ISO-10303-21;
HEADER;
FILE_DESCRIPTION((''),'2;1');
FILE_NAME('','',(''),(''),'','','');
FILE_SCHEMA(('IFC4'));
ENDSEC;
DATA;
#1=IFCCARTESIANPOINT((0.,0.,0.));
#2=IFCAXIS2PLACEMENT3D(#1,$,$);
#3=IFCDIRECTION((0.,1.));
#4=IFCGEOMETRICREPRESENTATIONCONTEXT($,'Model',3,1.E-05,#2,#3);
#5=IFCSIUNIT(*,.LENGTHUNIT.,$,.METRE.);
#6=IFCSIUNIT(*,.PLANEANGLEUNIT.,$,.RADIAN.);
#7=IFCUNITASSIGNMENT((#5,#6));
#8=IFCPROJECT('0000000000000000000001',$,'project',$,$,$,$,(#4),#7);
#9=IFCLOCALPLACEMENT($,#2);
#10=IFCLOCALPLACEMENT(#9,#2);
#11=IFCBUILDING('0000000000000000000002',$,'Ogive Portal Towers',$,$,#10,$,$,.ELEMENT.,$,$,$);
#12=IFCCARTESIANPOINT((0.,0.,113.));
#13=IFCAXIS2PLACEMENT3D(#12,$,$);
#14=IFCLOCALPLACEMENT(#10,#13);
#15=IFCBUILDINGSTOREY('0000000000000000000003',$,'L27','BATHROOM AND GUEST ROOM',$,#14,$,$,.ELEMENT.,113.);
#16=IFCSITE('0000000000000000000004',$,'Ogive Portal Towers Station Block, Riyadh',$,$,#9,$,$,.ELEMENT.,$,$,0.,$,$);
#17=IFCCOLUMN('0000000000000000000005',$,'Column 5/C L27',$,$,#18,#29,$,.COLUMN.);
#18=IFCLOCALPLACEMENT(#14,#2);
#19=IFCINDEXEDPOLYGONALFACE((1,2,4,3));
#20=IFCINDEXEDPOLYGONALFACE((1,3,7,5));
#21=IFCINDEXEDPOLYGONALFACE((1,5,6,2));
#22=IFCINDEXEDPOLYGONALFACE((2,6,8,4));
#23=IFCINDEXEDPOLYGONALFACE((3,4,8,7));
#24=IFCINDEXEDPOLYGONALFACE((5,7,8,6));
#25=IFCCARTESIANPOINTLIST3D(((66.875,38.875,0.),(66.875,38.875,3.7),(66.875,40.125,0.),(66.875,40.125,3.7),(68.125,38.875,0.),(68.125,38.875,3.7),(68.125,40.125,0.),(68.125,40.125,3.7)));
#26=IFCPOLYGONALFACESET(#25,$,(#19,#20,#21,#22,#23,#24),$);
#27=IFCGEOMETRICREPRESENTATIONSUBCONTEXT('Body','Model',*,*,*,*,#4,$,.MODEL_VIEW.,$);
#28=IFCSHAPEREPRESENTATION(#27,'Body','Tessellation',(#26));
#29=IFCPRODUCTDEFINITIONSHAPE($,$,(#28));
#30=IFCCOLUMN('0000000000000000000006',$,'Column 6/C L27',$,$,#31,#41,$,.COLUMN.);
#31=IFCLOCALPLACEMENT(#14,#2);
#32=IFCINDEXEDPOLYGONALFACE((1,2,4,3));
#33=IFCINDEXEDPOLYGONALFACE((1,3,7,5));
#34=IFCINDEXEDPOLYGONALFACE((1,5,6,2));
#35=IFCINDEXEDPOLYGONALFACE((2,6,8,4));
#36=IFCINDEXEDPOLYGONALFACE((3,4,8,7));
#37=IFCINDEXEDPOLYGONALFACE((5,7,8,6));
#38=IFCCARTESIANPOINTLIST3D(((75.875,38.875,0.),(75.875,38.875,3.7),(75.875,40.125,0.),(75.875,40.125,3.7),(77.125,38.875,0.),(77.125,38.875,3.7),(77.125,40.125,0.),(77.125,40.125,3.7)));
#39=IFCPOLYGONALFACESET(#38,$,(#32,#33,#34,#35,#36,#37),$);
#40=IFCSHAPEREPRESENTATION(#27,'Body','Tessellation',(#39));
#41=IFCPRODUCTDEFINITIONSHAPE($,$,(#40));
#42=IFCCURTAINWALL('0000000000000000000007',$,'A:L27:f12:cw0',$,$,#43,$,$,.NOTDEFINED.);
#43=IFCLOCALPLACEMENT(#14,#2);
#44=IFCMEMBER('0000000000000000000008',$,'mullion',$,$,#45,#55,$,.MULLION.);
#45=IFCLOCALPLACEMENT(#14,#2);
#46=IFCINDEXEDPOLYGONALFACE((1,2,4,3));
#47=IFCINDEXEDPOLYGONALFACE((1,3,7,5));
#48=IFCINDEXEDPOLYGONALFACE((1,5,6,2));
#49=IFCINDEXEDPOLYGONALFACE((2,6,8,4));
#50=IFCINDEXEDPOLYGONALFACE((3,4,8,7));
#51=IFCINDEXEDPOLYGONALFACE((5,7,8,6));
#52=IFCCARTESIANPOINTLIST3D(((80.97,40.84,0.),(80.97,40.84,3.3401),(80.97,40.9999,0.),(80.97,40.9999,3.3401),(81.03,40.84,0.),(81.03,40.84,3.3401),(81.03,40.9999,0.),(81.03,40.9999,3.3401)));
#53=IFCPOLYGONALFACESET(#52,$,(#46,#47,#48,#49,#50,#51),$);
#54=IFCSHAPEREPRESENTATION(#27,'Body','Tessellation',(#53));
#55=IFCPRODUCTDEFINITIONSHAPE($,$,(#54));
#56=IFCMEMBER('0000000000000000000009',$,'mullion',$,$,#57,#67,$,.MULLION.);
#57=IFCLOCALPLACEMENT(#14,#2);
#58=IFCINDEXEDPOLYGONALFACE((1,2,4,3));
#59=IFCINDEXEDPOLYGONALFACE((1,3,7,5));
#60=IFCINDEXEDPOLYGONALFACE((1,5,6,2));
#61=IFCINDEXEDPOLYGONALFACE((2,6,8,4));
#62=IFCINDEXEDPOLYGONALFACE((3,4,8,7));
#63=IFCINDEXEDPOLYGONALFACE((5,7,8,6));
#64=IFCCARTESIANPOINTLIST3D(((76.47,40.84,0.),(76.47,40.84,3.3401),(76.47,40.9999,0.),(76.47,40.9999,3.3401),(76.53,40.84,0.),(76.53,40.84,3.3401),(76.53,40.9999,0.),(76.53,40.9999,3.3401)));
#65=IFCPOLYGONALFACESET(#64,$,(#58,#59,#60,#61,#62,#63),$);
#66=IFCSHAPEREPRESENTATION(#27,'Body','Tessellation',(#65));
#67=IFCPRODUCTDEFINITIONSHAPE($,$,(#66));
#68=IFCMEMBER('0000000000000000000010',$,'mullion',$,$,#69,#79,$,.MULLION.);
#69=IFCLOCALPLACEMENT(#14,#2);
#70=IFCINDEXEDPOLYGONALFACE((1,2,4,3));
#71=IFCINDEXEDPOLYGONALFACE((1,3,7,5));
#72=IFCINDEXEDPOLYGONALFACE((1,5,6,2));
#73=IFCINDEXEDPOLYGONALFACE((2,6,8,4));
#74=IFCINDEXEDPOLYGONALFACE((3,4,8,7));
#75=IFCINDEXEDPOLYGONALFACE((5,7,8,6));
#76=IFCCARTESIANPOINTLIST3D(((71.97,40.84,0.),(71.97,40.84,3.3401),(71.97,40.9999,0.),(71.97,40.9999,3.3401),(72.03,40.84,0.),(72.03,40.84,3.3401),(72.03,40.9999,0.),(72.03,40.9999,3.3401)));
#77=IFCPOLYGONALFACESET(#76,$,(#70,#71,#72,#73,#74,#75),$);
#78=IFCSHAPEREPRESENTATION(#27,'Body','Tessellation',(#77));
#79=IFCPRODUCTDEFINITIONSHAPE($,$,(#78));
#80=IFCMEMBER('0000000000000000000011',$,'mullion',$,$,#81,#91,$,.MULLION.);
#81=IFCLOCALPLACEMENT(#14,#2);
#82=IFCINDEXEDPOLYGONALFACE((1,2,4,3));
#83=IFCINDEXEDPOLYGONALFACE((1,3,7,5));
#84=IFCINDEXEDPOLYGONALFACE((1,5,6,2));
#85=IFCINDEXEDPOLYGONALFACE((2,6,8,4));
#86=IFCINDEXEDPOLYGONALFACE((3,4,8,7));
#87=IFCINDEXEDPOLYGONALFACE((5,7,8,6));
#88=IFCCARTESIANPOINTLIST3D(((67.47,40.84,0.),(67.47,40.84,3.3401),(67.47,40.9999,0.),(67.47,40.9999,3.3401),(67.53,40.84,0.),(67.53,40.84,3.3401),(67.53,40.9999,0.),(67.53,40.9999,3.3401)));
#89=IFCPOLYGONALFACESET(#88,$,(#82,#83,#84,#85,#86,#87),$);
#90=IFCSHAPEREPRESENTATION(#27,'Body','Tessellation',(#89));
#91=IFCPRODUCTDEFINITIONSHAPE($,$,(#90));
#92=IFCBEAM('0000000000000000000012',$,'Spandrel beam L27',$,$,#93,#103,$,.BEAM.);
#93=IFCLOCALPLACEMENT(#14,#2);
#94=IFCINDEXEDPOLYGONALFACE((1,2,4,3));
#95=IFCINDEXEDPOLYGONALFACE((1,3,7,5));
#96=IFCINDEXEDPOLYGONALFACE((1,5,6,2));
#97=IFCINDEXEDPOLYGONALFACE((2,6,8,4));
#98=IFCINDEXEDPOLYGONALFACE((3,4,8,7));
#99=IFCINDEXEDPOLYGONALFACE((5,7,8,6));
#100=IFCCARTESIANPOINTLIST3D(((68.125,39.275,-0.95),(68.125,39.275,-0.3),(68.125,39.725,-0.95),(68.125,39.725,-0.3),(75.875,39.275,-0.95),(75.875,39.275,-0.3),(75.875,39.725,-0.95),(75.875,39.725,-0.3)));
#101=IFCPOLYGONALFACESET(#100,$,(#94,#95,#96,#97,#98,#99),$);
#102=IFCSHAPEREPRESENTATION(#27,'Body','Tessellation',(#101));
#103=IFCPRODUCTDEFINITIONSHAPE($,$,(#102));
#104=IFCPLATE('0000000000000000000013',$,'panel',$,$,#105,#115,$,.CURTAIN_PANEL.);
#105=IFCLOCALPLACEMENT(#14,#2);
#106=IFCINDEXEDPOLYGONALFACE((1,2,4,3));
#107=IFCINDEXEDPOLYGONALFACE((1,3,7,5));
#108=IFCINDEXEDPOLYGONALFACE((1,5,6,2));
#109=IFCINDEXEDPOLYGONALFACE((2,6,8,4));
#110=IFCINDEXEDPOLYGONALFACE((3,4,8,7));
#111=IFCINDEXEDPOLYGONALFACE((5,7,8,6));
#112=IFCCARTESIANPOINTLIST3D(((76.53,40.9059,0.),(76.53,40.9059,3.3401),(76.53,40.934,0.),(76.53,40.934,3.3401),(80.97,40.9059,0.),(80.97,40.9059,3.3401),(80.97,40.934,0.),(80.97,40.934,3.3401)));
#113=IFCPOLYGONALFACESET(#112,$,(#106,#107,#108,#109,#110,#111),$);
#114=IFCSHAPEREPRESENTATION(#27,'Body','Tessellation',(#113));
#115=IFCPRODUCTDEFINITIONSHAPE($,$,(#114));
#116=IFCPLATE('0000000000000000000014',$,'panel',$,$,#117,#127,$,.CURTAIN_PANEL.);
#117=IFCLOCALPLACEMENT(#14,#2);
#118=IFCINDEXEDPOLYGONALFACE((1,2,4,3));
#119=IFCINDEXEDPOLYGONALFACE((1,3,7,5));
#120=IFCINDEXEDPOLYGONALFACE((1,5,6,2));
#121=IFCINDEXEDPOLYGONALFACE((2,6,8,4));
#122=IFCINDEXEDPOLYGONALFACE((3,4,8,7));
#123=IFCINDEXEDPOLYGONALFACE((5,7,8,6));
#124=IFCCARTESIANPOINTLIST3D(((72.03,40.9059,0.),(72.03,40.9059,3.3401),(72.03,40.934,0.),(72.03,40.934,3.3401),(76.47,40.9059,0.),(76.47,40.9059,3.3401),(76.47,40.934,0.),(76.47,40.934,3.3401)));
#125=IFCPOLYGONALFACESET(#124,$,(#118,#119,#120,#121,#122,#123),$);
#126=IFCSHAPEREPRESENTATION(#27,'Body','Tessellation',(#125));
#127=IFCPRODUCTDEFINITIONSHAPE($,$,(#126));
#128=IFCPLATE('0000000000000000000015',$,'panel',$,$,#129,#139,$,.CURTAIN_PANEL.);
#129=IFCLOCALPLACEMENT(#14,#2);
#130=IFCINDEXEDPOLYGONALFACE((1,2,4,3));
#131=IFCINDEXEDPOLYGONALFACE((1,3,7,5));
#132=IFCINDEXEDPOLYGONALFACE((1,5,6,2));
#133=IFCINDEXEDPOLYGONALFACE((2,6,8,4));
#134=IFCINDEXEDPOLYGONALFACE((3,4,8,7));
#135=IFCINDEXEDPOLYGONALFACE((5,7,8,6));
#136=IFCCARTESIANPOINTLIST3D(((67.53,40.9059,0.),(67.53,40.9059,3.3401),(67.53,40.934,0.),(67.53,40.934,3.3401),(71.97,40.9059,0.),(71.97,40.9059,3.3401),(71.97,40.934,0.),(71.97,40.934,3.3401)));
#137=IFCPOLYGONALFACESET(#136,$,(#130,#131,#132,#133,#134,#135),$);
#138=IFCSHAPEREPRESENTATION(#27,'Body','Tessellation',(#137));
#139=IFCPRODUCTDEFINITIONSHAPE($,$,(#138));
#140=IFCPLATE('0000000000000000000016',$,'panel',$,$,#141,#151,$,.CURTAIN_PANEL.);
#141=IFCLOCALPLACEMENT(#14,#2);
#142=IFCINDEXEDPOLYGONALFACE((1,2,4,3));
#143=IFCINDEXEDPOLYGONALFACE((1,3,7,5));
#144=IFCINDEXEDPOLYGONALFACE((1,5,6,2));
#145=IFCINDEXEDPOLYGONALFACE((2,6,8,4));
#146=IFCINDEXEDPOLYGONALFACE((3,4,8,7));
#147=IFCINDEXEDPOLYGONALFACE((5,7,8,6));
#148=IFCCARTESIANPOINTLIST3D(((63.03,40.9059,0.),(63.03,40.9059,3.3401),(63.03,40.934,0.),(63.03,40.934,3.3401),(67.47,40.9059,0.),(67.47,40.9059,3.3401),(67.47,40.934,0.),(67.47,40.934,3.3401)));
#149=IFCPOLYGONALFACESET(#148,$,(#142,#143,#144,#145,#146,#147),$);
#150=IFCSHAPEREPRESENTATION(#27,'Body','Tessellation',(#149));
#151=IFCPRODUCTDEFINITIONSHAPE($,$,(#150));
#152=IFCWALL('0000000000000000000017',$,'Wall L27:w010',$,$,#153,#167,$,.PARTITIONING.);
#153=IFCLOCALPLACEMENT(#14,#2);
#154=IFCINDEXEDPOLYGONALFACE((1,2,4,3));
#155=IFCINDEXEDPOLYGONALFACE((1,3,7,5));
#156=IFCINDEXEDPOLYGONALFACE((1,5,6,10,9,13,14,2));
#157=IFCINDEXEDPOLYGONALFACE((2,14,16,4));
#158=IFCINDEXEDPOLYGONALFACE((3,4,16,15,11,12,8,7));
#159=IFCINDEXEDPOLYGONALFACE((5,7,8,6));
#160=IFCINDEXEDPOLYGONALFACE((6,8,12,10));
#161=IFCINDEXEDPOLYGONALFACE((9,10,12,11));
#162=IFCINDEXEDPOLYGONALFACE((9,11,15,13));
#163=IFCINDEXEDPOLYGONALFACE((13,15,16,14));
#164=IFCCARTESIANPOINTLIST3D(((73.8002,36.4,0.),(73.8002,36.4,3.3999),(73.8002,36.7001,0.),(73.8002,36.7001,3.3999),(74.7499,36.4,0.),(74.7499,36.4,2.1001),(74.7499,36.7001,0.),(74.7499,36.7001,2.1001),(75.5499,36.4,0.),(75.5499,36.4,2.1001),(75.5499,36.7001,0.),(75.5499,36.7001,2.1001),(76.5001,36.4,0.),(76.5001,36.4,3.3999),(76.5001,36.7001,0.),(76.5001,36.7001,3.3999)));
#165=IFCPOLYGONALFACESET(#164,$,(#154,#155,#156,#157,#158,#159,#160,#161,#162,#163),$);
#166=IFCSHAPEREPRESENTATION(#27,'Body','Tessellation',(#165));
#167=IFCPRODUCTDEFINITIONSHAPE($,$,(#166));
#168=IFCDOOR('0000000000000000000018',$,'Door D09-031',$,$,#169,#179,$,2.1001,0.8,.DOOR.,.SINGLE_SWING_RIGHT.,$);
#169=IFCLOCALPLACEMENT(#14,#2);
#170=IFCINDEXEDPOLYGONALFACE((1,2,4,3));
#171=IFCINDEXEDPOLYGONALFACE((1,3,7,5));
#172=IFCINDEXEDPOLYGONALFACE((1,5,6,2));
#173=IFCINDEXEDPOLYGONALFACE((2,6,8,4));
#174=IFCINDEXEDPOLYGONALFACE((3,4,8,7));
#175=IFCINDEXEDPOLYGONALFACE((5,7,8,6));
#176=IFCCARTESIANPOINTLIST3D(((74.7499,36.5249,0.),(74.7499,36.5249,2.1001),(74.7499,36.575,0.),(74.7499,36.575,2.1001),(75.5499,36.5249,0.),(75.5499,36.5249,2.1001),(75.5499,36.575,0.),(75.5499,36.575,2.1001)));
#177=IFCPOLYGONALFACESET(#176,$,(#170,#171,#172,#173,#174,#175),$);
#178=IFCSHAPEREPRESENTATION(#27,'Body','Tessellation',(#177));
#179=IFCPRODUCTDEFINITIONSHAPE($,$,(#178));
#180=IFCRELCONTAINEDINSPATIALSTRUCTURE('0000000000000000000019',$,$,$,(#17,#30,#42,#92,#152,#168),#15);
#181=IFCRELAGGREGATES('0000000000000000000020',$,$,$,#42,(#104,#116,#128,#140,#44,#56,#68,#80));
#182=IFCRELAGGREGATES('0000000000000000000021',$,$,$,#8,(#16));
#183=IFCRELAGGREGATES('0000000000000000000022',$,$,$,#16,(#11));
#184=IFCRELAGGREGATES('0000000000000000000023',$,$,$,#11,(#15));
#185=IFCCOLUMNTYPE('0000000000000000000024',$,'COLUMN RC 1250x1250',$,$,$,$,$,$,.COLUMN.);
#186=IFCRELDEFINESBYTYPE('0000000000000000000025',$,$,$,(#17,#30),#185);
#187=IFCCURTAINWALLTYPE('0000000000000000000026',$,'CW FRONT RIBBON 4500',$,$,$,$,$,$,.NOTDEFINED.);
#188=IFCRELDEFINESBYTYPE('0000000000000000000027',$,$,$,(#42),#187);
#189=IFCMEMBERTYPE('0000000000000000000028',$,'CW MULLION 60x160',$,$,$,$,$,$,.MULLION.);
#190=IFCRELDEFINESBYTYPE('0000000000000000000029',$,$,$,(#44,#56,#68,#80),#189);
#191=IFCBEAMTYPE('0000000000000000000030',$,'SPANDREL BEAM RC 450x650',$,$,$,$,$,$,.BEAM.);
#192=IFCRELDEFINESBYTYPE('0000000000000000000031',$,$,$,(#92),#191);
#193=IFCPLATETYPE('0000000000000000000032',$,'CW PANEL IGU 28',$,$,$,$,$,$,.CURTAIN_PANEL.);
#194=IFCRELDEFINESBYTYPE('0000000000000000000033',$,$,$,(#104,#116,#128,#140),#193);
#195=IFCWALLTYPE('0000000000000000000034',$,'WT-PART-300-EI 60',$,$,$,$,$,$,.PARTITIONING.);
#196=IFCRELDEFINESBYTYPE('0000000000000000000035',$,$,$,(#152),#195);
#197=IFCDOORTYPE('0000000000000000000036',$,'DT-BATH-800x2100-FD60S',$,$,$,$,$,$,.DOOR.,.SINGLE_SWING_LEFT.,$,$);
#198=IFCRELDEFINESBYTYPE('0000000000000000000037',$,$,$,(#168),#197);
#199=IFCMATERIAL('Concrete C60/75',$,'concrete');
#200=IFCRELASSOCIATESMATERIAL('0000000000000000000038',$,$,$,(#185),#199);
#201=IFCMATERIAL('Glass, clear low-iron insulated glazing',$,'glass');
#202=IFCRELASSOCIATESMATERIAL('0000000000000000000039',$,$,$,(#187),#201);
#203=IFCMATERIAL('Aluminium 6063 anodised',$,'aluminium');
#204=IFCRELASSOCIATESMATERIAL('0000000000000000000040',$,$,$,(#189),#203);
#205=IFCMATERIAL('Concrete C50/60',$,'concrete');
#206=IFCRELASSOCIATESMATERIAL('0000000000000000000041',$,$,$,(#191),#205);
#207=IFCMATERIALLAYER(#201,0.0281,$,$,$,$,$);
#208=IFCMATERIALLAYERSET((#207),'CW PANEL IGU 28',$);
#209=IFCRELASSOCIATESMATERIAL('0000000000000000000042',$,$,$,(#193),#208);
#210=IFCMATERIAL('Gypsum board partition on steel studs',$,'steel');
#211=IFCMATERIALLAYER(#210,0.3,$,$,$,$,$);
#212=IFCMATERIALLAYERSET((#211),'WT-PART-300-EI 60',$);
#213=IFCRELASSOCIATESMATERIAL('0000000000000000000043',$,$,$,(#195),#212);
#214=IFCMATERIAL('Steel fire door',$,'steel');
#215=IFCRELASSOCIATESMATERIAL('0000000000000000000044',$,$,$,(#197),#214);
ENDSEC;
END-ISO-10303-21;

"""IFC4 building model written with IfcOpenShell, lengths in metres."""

from ifc_helpers import new_model, si_unit, direction, frame, frame_2d, origin, origin_2d, place, context, subcontext, project, spatial, rectangle, extrude, material, layer, layer_set, material_profile, profile_set, type_object, element, fill, aggregate, save


model = new_model("IFC4")

# Units and contexts
model_context = context("Model", 3, precision=1e-05, world=origin(), true_north=direction((0.0, 1.0)))
body_context = subcontext(model_context, "Body", "Model", "MODEL_VIEW")
ifc_project = project(units=[si_unit("LENGTHUNIT", "METRE"), si_unit("PLANEANGLEUNIT", "RADIAN")], contexts=[model_context])

# Site, building, storey
site_placement = place(None, origin())
site = spatial("IfcSite", under=ifc_project, at=site_placement, Name="Ogive Portal Towers Station Block, Riyadh", CompositionType="ELEMENT", RefElevation=0.0)
building_placement = place(site_placement, origin())
building = spatial("IfcBuilding", under=site, at=building_placement, Name="Ogive Portal Towers", CompositionType="ELEMENT")
storey_placement = place(building_placement, frame((0.0, 0.0, 113.0)))
storey = spatial("IfcBuildingStorey", under=building, at=storey_placement, Name="L27", Description="BATHROOM AND GUEST ROOM", CompositionType="ELEMENT", Elevation=113.0)

# Columns
ifc_material_1 = material(Name="Concrete C60/75", Category="concrete")
ifc_material_profile_1 = material_profile(ifc_material_1, rectangle(XDim=1.25, YDim=1.25, at=origin_2d()), Name="RC 1250x1250")
ifc_profile_set_1 = profile_set([ifc_material_profile_1], Name="Concrete C60/75")
column_type = type_object("IfcColumnType", Name="COLUMN RC 1250x1250", PredefinedType="COLUMN", material=ifc_profile_set_1)
for number, where, z_axis, x_axis, name in (
    (1, (67.5, 39.5, 0.0), (0.0, 0.0, 1.0), (1.0, 0.0, 0.0), "Column 5/C L27"),
    (2, (76.5, 39.5, 0.0), (0.0, 0.0, 1.0), (1.0, 0.0, 0.0), "Column 6/C L27"),
):
    element("IfcColumn", number, at=place(storey_placement, frame(where, z_axis=z_axis, x_axis=x_axis)), inside=storey, type_object=column_type, Name=name, PredefinedType="COLUMN", context=body_context, shape_type="SweptSolid", body=[
        extrude(rectangle(XDim=1.25, YDim=1.25, at=origin_2d()), origin(), (0.0, 0.0, 1.0), 3.7),
    ])

# Curtain wall, members
ifc_material_2 = material(Name="Glass, clear low-iron insulated glazing", Category="glass")
curtain_wall_type = type_object("IfcCurtainWallType", Name="CW FRONT RIBBON 4500", PredefinedType="NOTDEFINED", material=ifc_material_2)
curtain_wall_placement = place(storey_placement, origin())
curtain_wall = element("IfcCurtainWall", 3, at=curtain_wall_placement, inside=storey, type_object=curtain_wall_type, Name="A:L27:f12:cw0", PredefinedType="NOTDEFINED")
ifc_material_3 = material(Name="Aluminium 6063 anodised", Category="aluminium")
ifc_material_profile_2 = material_profile(ifc_material_3, rectangle(XDim=0.1599, YDim=0.0601, at=origin_2d()), Name="AL 60x160")
ifc_profile_set_2 = profile_set([ifc_material_profile_2], Name="Aluminium 6063 anodised")
member_type = type_object("IfcMemberType", Name="CW MULLION 60x160", PredefinedType="MULLION", material=ifc_profile_set_2)
member_1_placement = place(storey_placement, frame((81.0, 40.9199, 0.0), z_axis=(0.0, 0.0, 1.0), x_axis=(0.0, -1.0, 0.0)))
member_1 = element("IfcMember", 4, at=member_1_placement, type_object=member_type, Name="mullion", PredefinedType="MULLION", context=body_context, shape_type="SweptSolid", body=[
    extrude(rectangle(XDim=0.1599, YDim=0.0601, at=origin_2d()), origin(), (0.0, 0.0, 1.0), 3.3401),
])
member_2_placement = place(storey_placement, frame((76.5, 40.9199, 0.0), z_axis=(0.0, 0.0, 1.0), x_axis=(0.0, -1.0, 0.0)))
member_2 = element("IfcMember", 5, at=member_2_placement, type_object=member_type, Name="mullion", PredefinedType="MULLION", context=body_context, shape_type="SweptSolid", body=[
    extrude(rectangle(XDim=0.1599, YDim=0.0601, at=origin_2d()), origin(), (0.0, 0.0, 1.0), 3.3401),
])
member_3_placement = place(storey_placement, frame((72.0, 40.9199, 0.0), z_axis=(0.0, 0.0, 1.0), x_axis=(0.0, -1.0, 0.0)))
member_3 = element("IfcMember", 6, at=member_3_placement, type_object=member_type, Name="mullion", PredefinedType="MULLION", context=body_context, shape_type="SweptSolid", body=[
    extrude(rectangle(XDim=0.1599, YDim=0.0601, at=origin_2d()), origin(), (0.0, 0.0, 1.0), 3.3401),
])
member_4_placement = place(storey_placement, frame((67.5, 40.9199, 0.0), z_axis=(0.0, 0.0, 1.0), x_axis=(0.0, -1.0, 0.0)))
member_4 = element("IfcMember", 7, at=member_4_placement, type_object=member_type, Name="mullion", PredefinedType="MULLION", context=body_context, shape_type="SweptSolid", body=[
    extrude(rectangle(XDim=0.1599, YDim=0.0601, at=origin_2d()), origin(), (0.0, 0.0, 1.0), 3.3401),
])

# Beam
ifc_material_4 = material(Name="Concrete C50/60", Category="concrete")
ifc_material_profile_3 = material_profile(ifc_material_4, rectangle(XDim=0.45, YDim=0.6499, at=origin_2d()), Name="RC 450x650")
ifc_profile_set_3 = profile_set([ifc_material_profile_3], Name="Concrete C50/60")
beam_type = type_object("IfcBeamType", Name="SPANDREL BEAM RC 450x650", PredefinedType="BEAM", material=ifc_profile_set_3)
beam_placement = place(storey_placement, frame((68.125, 39.5, -0.625), z_axis=(1.0, 0.0, 0.0), x_axis=(0.0, 1.0, 0.0)))
element("IfcBeam", 8, at=beam_placement, inside=storey, type_object=beam_type, Name="Spandrel beam L27", PredefinedType="BEAM", context=body_context, shape_type="SweptSolid", body=[
    extrude(rectangle(XDim=0.45, YDim=0.6499, at=origin_2d()), origin(), (0.0, 0.0, 1.0), 7.75),
])

# Plates
ifc_layer_1 = layer(ifc_material_2, 0.0281)
ifc_layer_set_1 = layer_set([ifc_layer_1], Name="CW PANEL IGU 28")
plate_type = type_object("IfcPlateType", Name="CW PANEL IGU 28", PredefinedType="CURTAIN_PANEL", material=ifc_layer_set_1)
plate_1_placement = place(storey_placement, frame((78.75, 40.9199, 0.0), z_axis=(0.0, 0.0, 1.0), x_axis=(-1.0, 0.0, 0.0)))
plate_1 = element("IfcPlate", 9, at=plate_1_placement, type_object=plate_type, Name="panel", PredefinedType="CURTAIN_PANEL", context=body_context, shape_type="SweptSolid", body=[
    extrude(rectangle(XDim=4.4399, YDim=0.0281, at=origin_2d()), origin(), (0.0, 0.0, 1.0), 3.3401),
])
plate_2_placement = place(storey_placement, frame((74.25, 40.9199, 0.0), z_axis=(0.0, 0.0, 1.0), x_axis=(-1.0, 0.0, 0.0)))
plate_2 = element("IfcPlate", 10, at=plate_2_placement, type_object=plate_type, Name="panel", PredefinedType="CURTAIN_PANEL", context=body_context, shape_type="SweptSolid", body=[
    extrude(rectangle(XDim=4.4399, YDim=0.0281, at=origin_2d()), origin(), (0.0, 0.0, 1.0), 3.3401),
])
plate_3_placement = place(storey_placement, frame((69.75, 40.9199, 0.0), z_axis=(0.0, 0.0, 1.0), x_axis=(-1.0, 0.0, 0.0)))
plate_3 = element("IfcPlate", 11, at=plate_3_placement, type_object=plate_type, Name="panel", PredefinedType="CURTAIN_PANEL", context=body_context, shape_type="SweptSolid", body=[
    extrude(rectangle(XDim=4.4399, YDim=0.0281, at=origin_2d()), origin(), (0.0, 0.0, 1.0), 3.3401),
])
plate_4_placement = place(storey_placement, frame((65.25, 40.9199, 0.0), z_axis=(0.0, 0.0, 1.0), x_axis=(-1.0, 0.0, 0.0)))
plate_4 = element("IfcPlate", 12, at=plate_4_placement, type_object=plate_type, Name="panel", PredefinedType="CURTAIN_PANEL", context=body_context, shape_type="SweptSolid", body=[
    extrude(rectangle(XDim=4.4399, YDim=0.0281, at=origin_2d()), origin(), (0.0, 0.0, 1.0), 3.3401),
])
aggregate(curtain_wall, [plate_1, plate_2, plate_3, plate_4, member_1, member_2, member_3, member_4])

# Wall, opening, door
ifc_material_5 = material(Name="Gypsum board partition on steel studs", Category="steel")
ifc_layer_2 = layer(ifc_material_5, 0.3)
ifc_layer_set_2 = layer_set([ifc_layer_2], Name="WT-PART-300-EI 60")
wall_type = type_object("IfcWallType", Name="WT-PART-300-EI 60", PredefinedType="PARTITIONING", material=ifc_layer_set_2)
wall_1_placement = place(storey_placement, frame((73.8, 36.55, 0.0), z_axis=(0.0, 0.0, 1.0), x_axis=(1.0, 0.0, 0.0)))
wall_1 = element("IfcWall", 13, at=wall_1_placement, inside=storey, type_object=wall_type, Name="Wall L27:w010", PredefinedType="PARTITIONING", context=body_context, shape_type="SweptSolid", body=[
    extrude(rectangle(XDim=2.7, YDim=0.3, at=frame_2d((1.3501, 0.0))), origin(), (0.0, 0.0, 1.0), 3.3999),
])
opening_1_placement = place(wall_1_placement, frame((0.95, 0.0, 0.0)))
opening_1 = element("IfcOpeningElement", 14, at=opening_1_placement, cuts=wall_1, PredefinedType="OPENING", context=body_context, shape_type="SweptSolid", body=[
    extrude(rectangle(XDim=0.8, YDim=2.1001, at=frame_2d((0.3999, 1.05))), frame((0.0, 0.1602, 0.0), z_axis=(0.0, -1.0, 0.0), x_axis=(1.0, 0.0, 0.0)), (0.0, 0.0, 1.0), 0.3201),
])
ifc_material_6 = material(Name="Steel fire door", Category="steel")
door_type = type_object("IfcDoorType", Name="DT-BATH-800x2100-FD60S", OperationType="SINGLE_SWING_LEFT", PredefinedType="DOOR", material=ifc_material_6)
door_1_placement = place(opening_1_placement, origin())
door_1 = element("IfcDoor", 15, at=door_1_placement, inside=storey, type_object=door_type, Name="Door D09-031", OperationType="SINGLE_SWING_RIGHT", OverallHeight=2.1001, OverallWidth=0.8, PredefinedType="DOOR", context=body_context, shape_type="SweptSolid", body=[
    extrude(rectangle(XDim=0.8, YDim=2.1001, at=frame_2d((0.3999, 1.05))), frame((0.0, 0.0249, 0.0), z_axis=(0.0, -1.0, 0.0), x_axis=(1.0, 0.0, 0.0)), (0.0, 0.0, 1.0), 0.05),
])
fill(opening_1, door_1)

save(model, "model.ifc")
